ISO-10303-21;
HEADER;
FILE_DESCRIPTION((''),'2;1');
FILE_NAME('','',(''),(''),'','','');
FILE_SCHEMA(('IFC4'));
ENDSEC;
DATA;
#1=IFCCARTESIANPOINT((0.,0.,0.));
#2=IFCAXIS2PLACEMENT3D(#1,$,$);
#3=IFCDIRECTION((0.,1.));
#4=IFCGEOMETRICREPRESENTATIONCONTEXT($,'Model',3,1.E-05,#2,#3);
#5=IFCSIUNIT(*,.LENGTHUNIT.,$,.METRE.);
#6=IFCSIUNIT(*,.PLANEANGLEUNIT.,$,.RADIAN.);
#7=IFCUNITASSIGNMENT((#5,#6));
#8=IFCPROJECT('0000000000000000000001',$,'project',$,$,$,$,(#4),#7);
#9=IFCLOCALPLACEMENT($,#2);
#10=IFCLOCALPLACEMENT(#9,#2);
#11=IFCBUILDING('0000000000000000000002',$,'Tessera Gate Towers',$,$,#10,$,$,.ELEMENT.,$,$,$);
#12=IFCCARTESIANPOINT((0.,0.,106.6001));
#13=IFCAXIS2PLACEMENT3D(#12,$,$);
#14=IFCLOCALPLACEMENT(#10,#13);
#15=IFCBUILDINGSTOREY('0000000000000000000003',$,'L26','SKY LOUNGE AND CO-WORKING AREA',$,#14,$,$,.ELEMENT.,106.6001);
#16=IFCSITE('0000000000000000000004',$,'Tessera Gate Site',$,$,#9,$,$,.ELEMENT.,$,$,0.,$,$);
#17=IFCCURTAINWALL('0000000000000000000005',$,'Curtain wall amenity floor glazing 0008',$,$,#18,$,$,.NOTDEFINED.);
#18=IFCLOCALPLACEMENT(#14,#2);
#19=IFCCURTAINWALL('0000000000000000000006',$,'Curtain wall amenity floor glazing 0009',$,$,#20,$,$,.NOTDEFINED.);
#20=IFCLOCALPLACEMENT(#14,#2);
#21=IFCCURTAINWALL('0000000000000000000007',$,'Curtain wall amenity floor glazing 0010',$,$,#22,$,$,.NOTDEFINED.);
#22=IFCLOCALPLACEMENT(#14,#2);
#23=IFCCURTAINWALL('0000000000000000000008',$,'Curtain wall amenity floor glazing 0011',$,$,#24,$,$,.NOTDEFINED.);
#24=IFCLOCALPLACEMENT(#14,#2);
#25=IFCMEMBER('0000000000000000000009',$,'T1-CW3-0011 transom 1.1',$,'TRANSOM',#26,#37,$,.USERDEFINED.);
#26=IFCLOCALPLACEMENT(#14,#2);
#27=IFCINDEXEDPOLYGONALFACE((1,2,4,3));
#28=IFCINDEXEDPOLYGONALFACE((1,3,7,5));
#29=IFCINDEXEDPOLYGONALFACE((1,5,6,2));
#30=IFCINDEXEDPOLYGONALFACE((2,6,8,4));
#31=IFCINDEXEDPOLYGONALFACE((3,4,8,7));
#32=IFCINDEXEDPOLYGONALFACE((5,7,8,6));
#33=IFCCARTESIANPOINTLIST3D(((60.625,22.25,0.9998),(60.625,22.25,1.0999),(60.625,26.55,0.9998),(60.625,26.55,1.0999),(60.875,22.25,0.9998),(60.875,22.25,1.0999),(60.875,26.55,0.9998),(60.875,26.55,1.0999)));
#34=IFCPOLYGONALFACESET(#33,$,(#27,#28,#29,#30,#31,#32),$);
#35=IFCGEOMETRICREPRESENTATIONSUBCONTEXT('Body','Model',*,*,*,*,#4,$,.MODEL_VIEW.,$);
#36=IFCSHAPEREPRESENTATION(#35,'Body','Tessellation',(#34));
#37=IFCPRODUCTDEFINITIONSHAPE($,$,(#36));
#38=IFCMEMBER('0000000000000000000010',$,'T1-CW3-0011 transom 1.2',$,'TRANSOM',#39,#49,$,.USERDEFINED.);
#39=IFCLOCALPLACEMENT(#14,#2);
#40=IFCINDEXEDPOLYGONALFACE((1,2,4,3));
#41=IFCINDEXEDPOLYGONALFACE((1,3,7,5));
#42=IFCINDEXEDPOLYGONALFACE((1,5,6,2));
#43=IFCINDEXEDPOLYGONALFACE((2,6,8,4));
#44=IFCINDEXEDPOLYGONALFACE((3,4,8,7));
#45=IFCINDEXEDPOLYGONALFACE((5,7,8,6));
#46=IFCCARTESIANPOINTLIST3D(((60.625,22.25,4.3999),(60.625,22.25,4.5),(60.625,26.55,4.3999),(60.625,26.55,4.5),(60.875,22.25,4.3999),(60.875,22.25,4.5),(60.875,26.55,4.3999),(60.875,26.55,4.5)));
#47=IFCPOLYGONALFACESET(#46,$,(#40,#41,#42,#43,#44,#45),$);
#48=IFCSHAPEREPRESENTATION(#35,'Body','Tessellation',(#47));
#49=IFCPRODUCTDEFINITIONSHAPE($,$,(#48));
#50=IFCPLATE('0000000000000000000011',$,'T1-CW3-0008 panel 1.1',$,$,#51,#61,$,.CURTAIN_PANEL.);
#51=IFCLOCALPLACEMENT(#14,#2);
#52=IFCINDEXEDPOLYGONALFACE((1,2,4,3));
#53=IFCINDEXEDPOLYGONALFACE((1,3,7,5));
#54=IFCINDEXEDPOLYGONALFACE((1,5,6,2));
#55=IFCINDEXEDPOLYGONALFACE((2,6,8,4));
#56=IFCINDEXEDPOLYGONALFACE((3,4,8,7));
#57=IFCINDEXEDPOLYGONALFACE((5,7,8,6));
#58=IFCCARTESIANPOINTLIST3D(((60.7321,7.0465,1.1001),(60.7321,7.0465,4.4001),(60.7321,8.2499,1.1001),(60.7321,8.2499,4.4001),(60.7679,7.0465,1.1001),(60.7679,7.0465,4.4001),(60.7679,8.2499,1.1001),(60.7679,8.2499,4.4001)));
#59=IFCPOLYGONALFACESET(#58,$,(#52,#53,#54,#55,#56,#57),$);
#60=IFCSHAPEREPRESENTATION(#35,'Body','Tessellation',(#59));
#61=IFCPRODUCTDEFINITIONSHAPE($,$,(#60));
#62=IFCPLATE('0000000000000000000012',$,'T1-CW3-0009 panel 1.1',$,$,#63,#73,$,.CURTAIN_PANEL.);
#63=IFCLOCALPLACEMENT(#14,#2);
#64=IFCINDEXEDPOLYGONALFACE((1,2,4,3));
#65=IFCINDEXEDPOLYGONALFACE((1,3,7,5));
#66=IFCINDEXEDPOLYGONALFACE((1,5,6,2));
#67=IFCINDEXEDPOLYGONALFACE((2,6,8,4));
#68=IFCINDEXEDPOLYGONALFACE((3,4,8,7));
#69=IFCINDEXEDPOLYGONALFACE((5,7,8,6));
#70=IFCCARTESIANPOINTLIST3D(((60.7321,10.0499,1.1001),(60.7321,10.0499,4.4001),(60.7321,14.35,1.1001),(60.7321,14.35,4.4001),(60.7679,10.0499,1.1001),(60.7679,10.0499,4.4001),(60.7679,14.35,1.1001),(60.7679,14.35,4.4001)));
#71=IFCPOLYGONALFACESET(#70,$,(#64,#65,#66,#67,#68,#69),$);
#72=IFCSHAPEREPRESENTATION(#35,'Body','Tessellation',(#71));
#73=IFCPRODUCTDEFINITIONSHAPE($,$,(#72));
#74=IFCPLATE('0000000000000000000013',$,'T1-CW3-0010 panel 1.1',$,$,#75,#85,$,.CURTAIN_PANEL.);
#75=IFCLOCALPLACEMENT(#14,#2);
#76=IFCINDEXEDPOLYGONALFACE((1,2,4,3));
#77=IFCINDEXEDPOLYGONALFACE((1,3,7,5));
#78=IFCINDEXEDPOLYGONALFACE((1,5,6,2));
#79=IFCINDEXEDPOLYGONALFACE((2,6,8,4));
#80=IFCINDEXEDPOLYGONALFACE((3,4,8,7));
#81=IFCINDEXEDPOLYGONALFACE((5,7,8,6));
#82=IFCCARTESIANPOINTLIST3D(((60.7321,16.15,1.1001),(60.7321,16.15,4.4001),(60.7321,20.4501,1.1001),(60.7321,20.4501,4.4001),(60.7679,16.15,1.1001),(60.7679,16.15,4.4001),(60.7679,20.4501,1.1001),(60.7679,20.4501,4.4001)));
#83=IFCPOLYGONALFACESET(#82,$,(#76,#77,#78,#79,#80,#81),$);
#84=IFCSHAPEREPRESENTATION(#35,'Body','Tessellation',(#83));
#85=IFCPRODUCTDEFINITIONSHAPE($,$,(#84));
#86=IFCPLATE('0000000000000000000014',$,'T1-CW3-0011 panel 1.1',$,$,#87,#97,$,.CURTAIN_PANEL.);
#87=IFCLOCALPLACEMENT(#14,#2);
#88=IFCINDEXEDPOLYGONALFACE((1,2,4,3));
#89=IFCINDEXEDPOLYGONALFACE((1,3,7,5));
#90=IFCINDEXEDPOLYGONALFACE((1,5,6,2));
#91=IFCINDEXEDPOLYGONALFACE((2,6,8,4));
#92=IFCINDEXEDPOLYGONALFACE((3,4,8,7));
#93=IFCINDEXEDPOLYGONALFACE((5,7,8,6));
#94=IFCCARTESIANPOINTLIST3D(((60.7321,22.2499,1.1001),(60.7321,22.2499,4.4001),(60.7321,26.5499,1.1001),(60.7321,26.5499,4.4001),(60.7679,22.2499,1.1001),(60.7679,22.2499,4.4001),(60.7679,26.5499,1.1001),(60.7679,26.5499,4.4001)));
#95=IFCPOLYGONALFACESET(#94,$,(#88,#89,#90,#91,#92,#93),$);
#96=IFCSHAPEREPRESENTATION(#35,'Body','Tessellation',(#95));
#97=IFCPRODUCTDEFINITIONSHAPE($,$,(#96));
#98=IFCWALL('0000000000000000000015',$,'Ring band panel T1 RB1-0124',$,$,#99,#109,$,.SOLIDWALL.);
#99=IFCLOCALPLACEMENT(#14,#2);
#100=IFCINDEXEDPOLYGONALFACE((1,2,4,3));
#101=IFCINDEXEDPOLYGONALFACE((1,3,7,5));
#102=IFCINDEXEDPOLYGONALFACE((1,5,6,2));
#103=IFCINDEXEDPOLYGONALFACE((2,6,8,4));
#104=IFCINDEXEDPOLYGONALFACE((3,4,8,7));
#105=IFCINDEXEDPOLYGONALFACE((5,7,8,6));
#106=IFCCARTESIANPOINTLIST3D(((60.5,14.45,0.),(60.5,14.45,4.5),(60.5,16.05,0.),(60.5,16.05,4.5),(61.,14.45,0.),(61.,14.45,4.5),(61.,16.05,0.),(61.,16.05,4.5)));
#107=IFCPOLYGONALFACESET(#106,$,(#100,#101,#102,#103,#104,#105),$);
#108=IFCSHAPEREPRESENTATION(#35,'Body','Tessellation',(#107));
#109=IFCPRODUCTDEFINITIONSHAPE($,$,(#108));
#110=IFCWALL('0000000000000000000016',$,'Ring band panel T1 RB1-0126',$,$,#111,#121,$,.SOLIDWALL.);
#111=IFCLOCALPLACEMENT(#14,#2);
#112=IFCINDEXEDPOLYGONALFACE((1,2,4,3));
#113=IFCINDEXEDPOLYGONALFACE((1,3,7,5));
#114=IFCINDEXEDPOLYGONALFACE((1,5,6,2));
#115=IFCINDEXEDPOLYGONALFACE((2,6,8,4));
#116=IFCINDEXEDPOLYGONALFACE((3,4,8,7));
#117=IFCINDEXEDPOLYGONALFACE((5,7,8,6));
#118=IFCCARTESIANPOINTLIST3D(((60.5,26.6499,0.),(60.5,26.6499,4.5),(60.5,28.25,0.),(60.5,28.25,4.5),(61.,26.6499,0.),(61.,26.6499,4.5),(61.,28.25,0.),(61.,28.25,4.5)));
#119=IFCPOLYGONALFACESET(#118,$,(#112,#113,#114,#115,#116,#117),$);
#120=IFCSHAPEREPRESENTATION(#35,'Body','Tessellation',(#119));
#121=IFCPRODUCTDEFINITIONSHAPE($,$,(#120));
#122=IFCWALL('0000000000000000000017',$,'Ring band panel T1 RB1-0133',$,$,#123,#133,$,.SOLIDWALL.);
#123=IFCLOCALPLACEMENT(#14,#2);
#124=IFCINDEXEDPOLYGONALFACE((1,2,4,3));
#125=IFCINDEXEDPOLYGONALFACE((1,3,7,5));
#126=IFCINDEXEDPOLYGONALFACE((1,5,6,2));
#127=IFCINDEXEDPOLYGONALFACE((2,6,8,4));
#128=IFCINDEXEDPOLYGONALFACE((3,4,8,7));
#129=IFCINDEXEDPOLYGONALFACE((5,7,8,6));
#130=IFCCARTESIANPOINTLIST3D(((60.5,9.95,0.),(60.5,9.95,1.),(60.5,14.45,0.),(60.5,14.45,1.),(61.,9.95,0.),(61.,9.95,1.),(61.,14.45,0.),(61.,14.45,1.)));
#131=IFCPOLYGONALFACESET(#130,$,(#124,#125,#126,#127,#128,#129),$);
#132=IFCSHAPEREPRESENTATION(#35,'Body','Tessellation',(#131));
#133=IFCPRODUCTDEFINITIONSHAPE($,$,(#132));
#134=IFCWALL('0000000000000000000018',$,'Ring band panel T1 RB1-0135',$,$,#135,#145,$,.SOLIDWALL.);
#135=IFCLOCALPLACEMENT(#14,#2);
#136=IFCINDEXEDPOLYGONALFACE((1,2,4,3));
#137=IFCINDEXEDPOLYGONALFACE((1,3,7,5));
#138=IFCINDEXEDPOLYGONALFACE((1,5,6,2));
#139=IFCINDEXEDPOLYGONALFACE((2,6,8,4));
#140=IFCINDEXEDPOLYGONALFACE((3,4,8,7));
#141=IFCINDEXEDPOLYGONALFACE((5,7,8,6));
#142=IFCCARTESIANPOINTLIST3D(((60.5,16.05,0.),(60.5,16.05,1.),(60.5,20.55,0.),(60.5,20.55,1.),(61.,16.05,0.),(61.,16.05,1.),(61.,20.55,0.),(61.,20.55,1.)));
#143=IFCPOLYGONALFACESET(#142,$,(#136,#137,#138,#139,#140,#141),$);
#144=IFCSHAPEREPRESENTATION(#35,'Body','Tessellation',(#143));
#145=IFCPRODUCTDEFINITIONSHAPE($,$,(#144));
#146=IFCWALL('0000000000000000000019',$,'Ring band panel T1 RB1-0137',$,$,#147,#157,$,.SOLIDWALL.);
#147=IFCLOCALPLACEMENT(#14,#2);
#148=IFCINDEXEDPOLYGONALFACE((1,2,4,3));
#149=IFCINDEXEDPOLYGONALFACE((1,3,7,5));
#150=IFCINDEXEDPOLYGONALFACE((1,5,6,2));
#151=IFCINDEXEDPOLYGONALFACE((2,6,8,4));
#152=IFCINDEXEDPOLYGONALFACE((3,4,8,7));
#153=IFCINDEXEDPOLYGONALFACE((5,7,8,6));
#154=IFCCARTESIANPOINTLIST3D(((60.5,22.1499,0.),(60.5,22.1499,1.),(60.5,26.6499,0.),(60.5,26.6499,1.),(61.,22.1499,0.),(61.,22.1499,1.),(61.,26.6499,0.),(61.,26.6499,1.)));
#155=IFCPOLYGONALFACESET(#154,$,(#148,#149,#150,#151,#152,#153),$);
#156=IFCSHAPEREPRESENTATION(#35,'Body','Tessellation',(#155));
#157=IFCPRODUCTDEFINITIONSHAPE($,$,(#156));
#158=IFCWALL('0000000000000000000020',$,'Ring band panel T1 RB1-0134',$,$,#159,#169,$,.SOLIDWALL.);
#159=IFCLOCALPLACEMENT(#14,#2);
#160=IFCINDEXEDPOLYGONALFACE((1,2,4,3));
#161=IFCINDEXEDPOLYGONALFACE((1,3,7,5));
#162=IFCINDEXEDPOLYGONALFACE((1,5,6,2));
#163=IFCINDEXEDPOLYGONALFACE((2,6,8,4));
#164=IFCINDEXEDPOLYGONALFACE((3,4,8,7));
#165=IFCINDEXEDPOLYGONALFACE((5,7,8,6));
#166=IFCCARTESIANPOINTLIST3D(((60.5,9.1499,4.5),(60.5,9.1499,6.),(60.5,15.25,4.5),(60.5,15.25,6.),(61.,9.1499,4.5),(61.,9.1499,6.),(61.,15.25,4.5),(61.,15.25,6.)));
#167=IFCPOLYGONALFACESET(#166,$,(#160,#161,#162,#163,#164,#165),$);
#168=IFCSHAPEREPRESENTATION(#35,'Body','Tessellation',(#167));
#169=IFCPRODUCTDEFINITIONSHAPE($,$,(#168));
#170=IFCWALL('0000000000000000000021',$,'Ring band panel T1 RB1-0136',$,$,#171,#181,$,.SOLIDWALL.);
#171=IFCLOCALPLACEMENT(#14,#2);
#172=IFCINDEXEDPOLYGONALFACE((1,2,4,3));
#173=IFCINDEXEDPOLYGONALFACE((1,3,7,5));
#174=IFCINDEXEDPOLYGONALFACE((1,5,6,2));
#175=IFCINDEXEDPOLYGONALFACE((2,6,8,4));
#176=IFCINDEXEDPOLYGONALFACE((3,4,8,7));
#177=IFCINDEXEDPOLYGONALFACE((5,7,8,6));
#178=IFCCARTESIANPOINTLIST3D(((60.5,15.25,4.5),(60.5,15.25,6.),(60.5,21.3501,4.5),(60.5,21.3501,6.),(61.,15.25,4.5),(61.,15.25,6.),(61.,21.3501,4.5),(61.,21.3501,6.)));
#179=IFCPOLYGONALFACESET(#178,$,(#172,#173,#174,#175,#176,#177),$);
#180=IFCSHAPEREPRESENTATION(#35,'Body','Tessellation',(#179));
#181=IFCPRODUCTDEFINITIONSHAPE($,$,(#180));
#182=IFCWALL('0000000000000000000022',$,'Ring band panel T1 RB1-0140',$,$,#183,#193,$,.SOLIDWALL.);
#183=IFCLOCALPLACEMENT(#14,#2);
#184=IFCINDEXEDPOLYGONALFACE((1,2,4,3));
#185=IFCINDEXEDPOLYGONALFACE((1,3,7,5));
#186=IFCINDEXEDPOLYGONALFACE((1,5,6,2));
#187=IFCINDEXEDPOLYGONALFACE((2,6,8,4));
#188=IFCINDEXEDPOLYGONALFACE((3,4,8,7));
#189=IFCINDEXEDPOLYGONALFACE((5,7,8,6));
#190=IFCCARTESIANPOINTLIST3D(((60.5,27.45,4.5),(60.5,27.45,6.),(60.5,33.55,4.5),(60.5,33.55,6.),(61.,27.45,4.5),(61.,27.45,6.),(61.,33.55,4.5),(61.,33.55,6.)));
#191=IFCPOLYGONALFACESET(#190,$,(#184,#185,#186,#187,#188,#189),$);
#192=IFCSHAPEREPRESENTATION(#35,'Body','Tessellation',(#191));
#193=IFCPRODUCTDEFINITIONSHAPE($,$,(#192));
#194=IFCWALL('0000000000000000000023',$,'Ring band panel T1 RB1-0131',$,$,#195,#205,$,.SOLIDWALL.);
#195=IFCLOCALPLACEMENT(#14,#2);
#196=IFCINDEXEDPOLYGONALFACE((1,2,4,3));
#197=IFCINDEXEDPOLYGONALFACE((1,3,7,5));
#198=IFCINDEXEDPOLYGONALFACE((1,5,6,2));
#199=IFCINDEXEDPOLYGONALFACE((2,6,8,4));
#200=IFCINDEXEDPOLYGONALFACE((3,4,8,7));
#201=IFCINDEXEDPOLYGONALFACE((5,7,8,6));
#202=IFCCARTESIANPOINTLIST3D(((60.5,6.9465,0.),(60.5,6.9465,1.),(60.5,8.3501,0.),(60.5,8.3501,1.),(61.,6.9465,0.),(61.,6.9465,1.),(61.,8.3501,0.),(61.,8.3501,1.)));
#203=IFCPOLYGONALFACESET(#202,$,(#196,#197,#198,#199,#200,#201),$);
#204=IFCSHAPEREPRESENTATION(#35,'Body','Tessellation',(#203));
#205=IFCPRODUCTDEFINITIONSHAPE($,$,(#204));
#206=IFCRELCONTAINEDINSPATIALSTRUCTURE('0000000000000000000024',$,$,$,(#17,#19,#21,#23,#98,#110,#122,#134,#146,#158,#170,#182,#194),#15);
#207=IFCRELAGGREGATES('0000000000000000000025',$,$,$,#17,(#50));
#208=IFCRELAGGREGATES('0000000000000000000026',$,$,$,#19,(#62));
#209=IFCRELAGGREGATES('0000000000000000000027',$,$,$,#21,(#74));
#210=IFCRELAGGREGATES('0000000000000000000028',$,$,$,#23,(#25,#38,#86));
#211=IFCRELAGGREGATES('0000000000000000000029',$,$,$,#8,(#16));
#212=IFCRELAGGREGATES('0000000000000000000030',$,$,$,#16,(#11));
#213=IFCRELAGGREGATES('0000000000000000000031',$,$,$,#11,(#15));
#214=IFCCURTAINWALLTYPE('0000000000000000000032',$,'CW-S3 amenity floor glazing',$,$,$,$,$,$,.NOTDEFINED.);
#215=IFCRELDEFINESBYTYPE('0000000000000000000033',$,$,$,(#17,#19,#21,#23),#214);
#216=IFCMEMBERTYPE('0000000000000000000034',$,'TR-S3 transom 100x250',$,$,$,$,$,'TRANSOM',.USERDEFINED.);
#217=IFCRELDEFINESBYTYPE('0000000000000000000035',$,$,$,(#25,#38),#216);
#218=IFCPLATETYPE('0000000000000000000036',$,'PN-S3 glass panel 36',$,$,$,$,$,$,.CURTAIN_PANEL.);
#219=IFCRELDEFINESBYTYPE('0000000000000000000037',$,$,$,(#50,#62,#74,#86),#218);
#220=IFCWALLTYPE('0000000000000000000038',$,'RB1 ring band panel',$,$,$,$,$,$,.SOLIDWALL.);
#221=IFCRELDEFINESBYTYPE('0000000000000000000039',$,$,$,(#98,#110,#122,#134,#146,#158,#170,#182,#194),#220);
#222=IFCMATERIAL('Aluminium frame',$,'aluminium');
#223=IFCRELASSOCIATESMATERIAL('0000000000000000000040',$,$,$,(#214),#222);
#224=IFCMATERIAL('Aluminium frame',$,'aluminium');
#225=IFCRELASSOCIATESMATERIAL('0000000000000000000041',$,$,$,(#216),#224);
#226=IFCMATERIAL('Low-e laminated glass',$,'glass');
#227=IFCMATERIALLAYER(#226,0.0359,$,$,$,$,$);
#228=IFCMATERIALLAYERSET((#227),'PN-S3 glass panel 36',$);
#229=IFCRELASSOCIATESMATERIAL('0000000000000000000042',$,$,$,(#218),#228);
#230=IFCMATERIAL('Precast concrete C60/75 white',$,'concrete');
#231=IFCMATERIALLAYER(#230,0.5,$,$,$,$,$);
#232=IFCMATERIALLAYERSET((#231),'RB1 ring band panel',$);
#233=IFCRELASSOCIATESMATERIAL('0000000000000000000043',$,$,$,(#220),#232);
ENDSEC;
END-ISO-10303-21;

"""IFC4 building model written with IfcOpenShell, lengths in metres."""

from ifc_helpers import new_model, si_unit, direction, frame, origin, origin_2d, place, context, subcontext, project, spatial, polyline, rectangle, outline, extrude, source, transform, mapped, material, layer, layer_set, material_profile, profile_set, type_object, element, aggregate, save


model = new_model("IFC4")

# Units and contexts
model_context = context("Model", 3, precision=1e-05, world=origin(), true_north=direction((0.0, 1.0)))
body_context = subcontext(model_context, "Body", "Model", "MODEL_VIEW")
ifc_project = project(units=[si_unit("LENGTHUNIT", "METRE"), si_unit("PLANEANGLEUNIT", "RADIAN")], contexts=[model_context])

# Site, building, storey
site_placement = place(None, origin())
site = spatial("IfcSite", under=ifc_project, at=site_placement, Name="Tessera Gate Site", CompositionType="ELEMENT", RefElevation=0.0)
building_placement = place(site_placement, origin())
building = spatial("IfcBuilding", under=site, at=building_placement, Name="Tessera Gate Towers", CompositionType="ELEMENT")
storey_placement = place(building_placement, frame((0.0, 0.0, 106.6001)))
storey = spatial("IfcBuildingStorey", under=building, at=storey_placement, Name="L26", Description="SKY LOUNGE AND CO-WORKING AREA", CompositionType="ELEMENT", Elevation=106.6001)

# Shared definitions
ifc_material_1 = material(Name="Aluminium frame", Category="aluminium")
curtain_wall_type = type_object("IfcCurtainWallType", Name="CW-S3 amenity floor glazing", PredefinedType="NOTDEFINED", material=ifc_material_1)

# Curtain walls
curtain_wall_1_placement = place(storey_placement, origin())
curtain_wall_1 = element("IfcCurtainWall", 1, at=curtain_wall_1_placement, inside=storey, type_object=curtain_wall_type, Name="Curtain wall amenity floor glazing 0008", PredefinedType="NOTDEFINED")
curtain_wall_2_placement = place(storey_placement, origin())
curtain_wall_2 = element("IfcCurtainWall", 2, at=curtain_wall_2_placement, inside=storey, type_object=curtain_wall_type, Name="Curtain wall amenity floor glazing 0009", PredefinedType="NOTDEFINED")
curtain_wall_3_placement = place(storey_placement, origin())
curtain_wall_3 = element("IfcCurtainWall", 3, at=curtain_wall_3_placement, inside=storey, type_object=curtain_wall_type, Name="Curtain wall amenity floor glazing 0010", PredefinedType="NOTDEFINED")
curtain_wall_4_placement = place(storey_placement, origin())
curtain_wall_4 = element("IfcCurtainWall", 4, at=curtain_wall_4_placement, inside=storey, type_object=curtain_wall_type, Name="Curtain wall amenity floor glazing 0011", PredefinedType="NOTDEFINED")

# Members
ifc_material_2 = material(Name="Aluminium frame", Category="aluminium")
ifc_material_profile_1 = material_profile(ifc_material_2, rectangle(XDim=0.25, YDim=0.1001, at=origin_2d()), Name="AL 100x250")
ifc_profile_set_1 = profile_set([ifc_material_profile_1], Name="Aluminium frame")
member_type_1 = type_object("IfcMemberType", Name="TR-S3 transom 100x250", ElementType="TRANSOM", PredefinedType="USERDEFINED", material=ifc_profile_set_1)
member_1_placement = place(storey_placement, frame((60.75, 22.25, 1.0498), z_axis=(0.0, 1.0, 0.0), x_axis=(-1.0, 0.0, 0.0)))
member_1 = element("IfcMember", 5, at=member_1_placement, type_object=member_type_1, Name="T1-CW3-0011 transom 1.1", ObjectType="TRANSOM", PredefinedType="USERDEFINED", context=body_context, shape_type="SweptSolid", body=[
    extrude(rectangle(XDim=0.25, YDim=0.1001, at=origin_2d()), origin(), (0.0, 0.0, 1.0), 4.3),
])
member_2_placement = place(storey_placement, frame((60.75, 22.25, 4.45), z_axis=(0.0, 1.0, 0.0), x_axis=(-1.0, 0.0, 0.0)))
member_2 = element("IfcMember", 6, at=member_2_placement, type_object=member_type_1, Name="T1-CW3-0011 transom 1.2", ObjectType="TRANSOM", PredefinedType="USERDEFINED", context=body_context, shape_type="SweptSolid", body=[
    extrude(rectangle(XDim=0.25, YDim=0.1001, at=origin_2d()), origin(), (0.0, 0.0, 1.0), 4.3),
])

# Plates
ifc_material_3 = material(Name="Low-e laminated glass", Category="glass")
ifc_layer_1 = layer(ifc_material_3, 0.0359)
ifc_layer_set_1 = layer_set([ifc_layer_1], Name="PN-S3 glass panel 36")
plate_type = type_object("IfcPlateType", Name="PN-S3 glass panel 36", PredefinedType="CURTAIN_PANEL", material=ifc_layer_set_1)
plate_1_placement = place(storey_placement, frame((60.75, 7.6482, 1.1001), z_axis=(0.0, 0.0, 1.0), x_axis=(0.0, 1.0, 0.0)))
plate_1 = element("IfcPlate", 7, at=plate_1_placement, type_object=plate_type, Name="T1-CW3-0008 panel 1.1", PredefinedType="CURTAIN_PANEL", context=body_context, shape_type="SweptSolid", body=[
    extrude(rectangle(XDim=1.2034, YDim=0.0359, at=origin_2d()), origin(), (0.0, 0.0, 1.0), 3.3),
])
aggregate(curtain_wall_1, [plate_1])
plate_2_placement = place(storey_placement, frame((60.75, 12.2, 1.1001), z_axis=(0.0, 0.0, 1.0), x_axis=(0.0, 1.0, 0.0)))
plate_2 = element("IfcPlate", 8, at=plate_2_placement, type_object=plate_type, Name="T1-CW3-0009 panel 1.1", PredefinedType="CURTAIN_PANEL", context=body_context, shape_type="SweptSolid", body=[
    extrude(rectangle(XDim=4.3, YDim=0.0359, at=origin_2d()), origin(), (0.0, 0.0, 1.0), 3.3),
])
aggregate(curtain_wall_2, [plate_2])
plate_3_placement = place(storey_placement, frame((60.75, 18.3, 1.1001), z_axis=(0.0, 0.0, 1.0), x_axis=(0.0, 1.0, 0.0)))
plate_3 = element("IfcPlate", 9, at=plate_3_placement, type_object=plate_type, Name="T1-CW3-0010 panel 1.1", PredefinedType="CURTAIN_PANEL", context=body_context, shape_type="SweptSolid", body=[
    extrude(rectangle(XDim=4.3, YDim=0.0359, at=origin_2d()), origin(), (0.0, 0.0, 1.0), 3.3),
])
aggregate(curtain_wall_3, [plate_3])
plate_4_placement = place(storey_placement, frame((60.75, 24.3999, 1.1001), z_axis=(0.0, 0.0, 1.0), x_axis=(0.0, 1.0, 0.0)))
plate_4 = element("IfcPlate", 10, at=plate_4_placement, type_object=plate_type, Name="T1-CW3-0011 panel 1.1", PredefinedType="CURTAIN_PANEL", context=body_context, shape_type="SweptSolid", body=[
    extrude(rectangle(XDim=4.3, YDim=0.0359, at=origin_2d()), origin(), (0.0, 0.0, 1.0), 3.3),
])
aggregate(curtain_wall_4, [member_1, member_2, plate_4])

# Walls
ifc_material_4 = material(Name="Precast concrete C60/75 white", Category="concrete")
ifc_layer_2 = layer(ifc_material_4, 0.5)
ifc_layer_set_2 = layer_set([ifc_layer_2], Name="RB1 ring band panel")
wall_type = type_object("IfcWallType", Name="RB1 ring band panel", PredefinedType="SOLIDWALL", material=ifc_layer_set_2)
shared_shape_1 = source(origin(), body_context, "Body", "SweptSolid", [
    extrude(outline(polyline([(0.0, 0.0), (1.6001, 0.0), (1.6001, 4.5), (0.0, 4.5), (0.0, 0.0)])), frame((0.0, 0.25, 0.0), z_axis=(0.0, -1.0, 0.0), x_axis=(1.0, 0.0, 0.0)), (0.0, 0.0, 1.0), 0.5),
])
for number, where, z_axis, x_axis, name in (
    (11, (60.75, 14.45, 0.0), (0.0, 0.0, 1.0), (0.0, 1.0, 0.0), "Ring band panel T1 RB1-0124"),
    (12, (60.75, 26.6499, 0.0), (0.0, 0.0, 1.0), (0.0, 1.0, 0.0), "Ring band panel T1 RB1-0126"),
):
    element("IfcWall", number, at=place(storey_placement, frame(where, z_axis=z_axis, x_axis=x_axis)), inside=storey, type_object=wall_type, Name=name, PredefinedType="SOLIDWALL", context=body_context, shape_type="MappedRepresentation", body=[
        mapped(shared_shape_1, transform((0.0, 0.0, 0.0), scale=1.0)),
    ])
shared_shape_2 = source(origin(), body_context, "Body", "SweptSolid", [
    extrude(outline(polyline([(0.0, 0.0), (4.5, 0.0), (4.5, 1.0), (0.0, 1.0), (0.0, 0.0)])), frame((0.0, 0.25, 0.0), z_axis=(0.0, -1.0, 0.0), x_axis=(1.0, 0.0, 0.0)), (0.0, 0.0, 1.0), 0.5),
])
for number, where, z_axis, x_axis, name in (
    (13, (60.75, 9.95, 0.0), (0.0, 0.0, 1.0), (0.0, 1.0, 0.0), "Ring band panel T1 RB1-0133"),
    (14, (60.75, 16.05, 0.0), (0.0, 0.0, 1.0), (0.0, 1.0, 0.0), "Ring band panel T1 RB1-0135"),
    (15, (60.75, 22.1499, 0.0), (0.0, 0.0, 1.0), (0.0, 1.0, 0.0), "Ring band panel T1 RB1-0137"),
):
    element("IfcWall", number, at=place(storey_placement, frame(where, z_axis=z_axis, x_axis=x_axis)), inside=storey, type_object=wall_type, Name=name, PredefinedType="SOLIDWALL", context=body_context, shape_type="MappedRepresentation", body=[
        mapped(shared_shape_2, transform((0.0, 0.0, 0.0), scale=1.0)),
    ])
shared_shape_3 = source(origin(), body_context, "Body", "SweptSolid", [
    extrude(outline(polyline([(0.0, 0.0), (6.1001, 0.0), (6.1001, 1.5), (0.0, 1.5), (0.0, 0.0)])), frame((0.0, 0.25, 0.0), z_axis=(0.0, -1.0, 0.0), x_axis=(1.0, 0.0, 0.0)), (0.0, 0.0, 1.0), 0.5),
])
for number, where, z_axis, x_axis, name in (
    (16, (60.75, 9.1499, 4.5), (0.0, 0.0, 1.0), (0.0, 1.0, 0.0), "Ring band panel T1 RB1-0134"),
    (17, (60.75, 15.25, 4.5), (0.0, 0.0, 1.0), (0.0, 1.0, 0.0), "Ring band panel T1 RB1-0136"),
    (18, (60.75, 27.45, 4.5), (0.0, 0.0, 1.0), (0.0, 1.0, 0.0), "Ring band panel T1 RB1-0140"),
):
    element("IfcWall", number, at=place(storey_placement, frame(where, z_axis=z_axis, x_axis=x_axis)), inside=storey, type_object=wall_type, Name=name, PredefinedType="SOLIDWALL", context=body_context, shape_type="MappedRepresentation", body=[
        mapped(shared_shape_3, transform((0.0, 0.0, 0.0), scale=1.0)),
    ])
shared_shape_4 = source(origin(), body_context, "Body", "SweptSolid", [
    extrude(outline(polyline([(0.0, 0.0), (1.4036, 0.0), (1.4036, 1.0), (0.0, 1.0), (0.0, 0.0)])), frame((0.0, 0.25, 0.0), z_axis=(0.0, -1.0, 0.0), x_axis=(1.0, 0.0, 0.0)), (0.0, 0.0, 1.0), 0.5),
])
wall_placement = place(storey_placement, frame((60.75, 6.9465, 0.0), z_axis=(0.0, 0.0, 1.0), x_axis=(0.0, 1.0, 0.0)))
element("IfcWall", 19, at=wall_placement, inside=storey, type_object=wall_type, Name="Ring band panel T1 RB1-0131", PredefinedType="SOLIDWALL", context=body_context, shape_type="MappedRepresentation", body=[
    mapped(shared_shape_4, transform((0.0, 0.0, 0.0), scale=1.0)),
])

save(model, "model.ifc")
